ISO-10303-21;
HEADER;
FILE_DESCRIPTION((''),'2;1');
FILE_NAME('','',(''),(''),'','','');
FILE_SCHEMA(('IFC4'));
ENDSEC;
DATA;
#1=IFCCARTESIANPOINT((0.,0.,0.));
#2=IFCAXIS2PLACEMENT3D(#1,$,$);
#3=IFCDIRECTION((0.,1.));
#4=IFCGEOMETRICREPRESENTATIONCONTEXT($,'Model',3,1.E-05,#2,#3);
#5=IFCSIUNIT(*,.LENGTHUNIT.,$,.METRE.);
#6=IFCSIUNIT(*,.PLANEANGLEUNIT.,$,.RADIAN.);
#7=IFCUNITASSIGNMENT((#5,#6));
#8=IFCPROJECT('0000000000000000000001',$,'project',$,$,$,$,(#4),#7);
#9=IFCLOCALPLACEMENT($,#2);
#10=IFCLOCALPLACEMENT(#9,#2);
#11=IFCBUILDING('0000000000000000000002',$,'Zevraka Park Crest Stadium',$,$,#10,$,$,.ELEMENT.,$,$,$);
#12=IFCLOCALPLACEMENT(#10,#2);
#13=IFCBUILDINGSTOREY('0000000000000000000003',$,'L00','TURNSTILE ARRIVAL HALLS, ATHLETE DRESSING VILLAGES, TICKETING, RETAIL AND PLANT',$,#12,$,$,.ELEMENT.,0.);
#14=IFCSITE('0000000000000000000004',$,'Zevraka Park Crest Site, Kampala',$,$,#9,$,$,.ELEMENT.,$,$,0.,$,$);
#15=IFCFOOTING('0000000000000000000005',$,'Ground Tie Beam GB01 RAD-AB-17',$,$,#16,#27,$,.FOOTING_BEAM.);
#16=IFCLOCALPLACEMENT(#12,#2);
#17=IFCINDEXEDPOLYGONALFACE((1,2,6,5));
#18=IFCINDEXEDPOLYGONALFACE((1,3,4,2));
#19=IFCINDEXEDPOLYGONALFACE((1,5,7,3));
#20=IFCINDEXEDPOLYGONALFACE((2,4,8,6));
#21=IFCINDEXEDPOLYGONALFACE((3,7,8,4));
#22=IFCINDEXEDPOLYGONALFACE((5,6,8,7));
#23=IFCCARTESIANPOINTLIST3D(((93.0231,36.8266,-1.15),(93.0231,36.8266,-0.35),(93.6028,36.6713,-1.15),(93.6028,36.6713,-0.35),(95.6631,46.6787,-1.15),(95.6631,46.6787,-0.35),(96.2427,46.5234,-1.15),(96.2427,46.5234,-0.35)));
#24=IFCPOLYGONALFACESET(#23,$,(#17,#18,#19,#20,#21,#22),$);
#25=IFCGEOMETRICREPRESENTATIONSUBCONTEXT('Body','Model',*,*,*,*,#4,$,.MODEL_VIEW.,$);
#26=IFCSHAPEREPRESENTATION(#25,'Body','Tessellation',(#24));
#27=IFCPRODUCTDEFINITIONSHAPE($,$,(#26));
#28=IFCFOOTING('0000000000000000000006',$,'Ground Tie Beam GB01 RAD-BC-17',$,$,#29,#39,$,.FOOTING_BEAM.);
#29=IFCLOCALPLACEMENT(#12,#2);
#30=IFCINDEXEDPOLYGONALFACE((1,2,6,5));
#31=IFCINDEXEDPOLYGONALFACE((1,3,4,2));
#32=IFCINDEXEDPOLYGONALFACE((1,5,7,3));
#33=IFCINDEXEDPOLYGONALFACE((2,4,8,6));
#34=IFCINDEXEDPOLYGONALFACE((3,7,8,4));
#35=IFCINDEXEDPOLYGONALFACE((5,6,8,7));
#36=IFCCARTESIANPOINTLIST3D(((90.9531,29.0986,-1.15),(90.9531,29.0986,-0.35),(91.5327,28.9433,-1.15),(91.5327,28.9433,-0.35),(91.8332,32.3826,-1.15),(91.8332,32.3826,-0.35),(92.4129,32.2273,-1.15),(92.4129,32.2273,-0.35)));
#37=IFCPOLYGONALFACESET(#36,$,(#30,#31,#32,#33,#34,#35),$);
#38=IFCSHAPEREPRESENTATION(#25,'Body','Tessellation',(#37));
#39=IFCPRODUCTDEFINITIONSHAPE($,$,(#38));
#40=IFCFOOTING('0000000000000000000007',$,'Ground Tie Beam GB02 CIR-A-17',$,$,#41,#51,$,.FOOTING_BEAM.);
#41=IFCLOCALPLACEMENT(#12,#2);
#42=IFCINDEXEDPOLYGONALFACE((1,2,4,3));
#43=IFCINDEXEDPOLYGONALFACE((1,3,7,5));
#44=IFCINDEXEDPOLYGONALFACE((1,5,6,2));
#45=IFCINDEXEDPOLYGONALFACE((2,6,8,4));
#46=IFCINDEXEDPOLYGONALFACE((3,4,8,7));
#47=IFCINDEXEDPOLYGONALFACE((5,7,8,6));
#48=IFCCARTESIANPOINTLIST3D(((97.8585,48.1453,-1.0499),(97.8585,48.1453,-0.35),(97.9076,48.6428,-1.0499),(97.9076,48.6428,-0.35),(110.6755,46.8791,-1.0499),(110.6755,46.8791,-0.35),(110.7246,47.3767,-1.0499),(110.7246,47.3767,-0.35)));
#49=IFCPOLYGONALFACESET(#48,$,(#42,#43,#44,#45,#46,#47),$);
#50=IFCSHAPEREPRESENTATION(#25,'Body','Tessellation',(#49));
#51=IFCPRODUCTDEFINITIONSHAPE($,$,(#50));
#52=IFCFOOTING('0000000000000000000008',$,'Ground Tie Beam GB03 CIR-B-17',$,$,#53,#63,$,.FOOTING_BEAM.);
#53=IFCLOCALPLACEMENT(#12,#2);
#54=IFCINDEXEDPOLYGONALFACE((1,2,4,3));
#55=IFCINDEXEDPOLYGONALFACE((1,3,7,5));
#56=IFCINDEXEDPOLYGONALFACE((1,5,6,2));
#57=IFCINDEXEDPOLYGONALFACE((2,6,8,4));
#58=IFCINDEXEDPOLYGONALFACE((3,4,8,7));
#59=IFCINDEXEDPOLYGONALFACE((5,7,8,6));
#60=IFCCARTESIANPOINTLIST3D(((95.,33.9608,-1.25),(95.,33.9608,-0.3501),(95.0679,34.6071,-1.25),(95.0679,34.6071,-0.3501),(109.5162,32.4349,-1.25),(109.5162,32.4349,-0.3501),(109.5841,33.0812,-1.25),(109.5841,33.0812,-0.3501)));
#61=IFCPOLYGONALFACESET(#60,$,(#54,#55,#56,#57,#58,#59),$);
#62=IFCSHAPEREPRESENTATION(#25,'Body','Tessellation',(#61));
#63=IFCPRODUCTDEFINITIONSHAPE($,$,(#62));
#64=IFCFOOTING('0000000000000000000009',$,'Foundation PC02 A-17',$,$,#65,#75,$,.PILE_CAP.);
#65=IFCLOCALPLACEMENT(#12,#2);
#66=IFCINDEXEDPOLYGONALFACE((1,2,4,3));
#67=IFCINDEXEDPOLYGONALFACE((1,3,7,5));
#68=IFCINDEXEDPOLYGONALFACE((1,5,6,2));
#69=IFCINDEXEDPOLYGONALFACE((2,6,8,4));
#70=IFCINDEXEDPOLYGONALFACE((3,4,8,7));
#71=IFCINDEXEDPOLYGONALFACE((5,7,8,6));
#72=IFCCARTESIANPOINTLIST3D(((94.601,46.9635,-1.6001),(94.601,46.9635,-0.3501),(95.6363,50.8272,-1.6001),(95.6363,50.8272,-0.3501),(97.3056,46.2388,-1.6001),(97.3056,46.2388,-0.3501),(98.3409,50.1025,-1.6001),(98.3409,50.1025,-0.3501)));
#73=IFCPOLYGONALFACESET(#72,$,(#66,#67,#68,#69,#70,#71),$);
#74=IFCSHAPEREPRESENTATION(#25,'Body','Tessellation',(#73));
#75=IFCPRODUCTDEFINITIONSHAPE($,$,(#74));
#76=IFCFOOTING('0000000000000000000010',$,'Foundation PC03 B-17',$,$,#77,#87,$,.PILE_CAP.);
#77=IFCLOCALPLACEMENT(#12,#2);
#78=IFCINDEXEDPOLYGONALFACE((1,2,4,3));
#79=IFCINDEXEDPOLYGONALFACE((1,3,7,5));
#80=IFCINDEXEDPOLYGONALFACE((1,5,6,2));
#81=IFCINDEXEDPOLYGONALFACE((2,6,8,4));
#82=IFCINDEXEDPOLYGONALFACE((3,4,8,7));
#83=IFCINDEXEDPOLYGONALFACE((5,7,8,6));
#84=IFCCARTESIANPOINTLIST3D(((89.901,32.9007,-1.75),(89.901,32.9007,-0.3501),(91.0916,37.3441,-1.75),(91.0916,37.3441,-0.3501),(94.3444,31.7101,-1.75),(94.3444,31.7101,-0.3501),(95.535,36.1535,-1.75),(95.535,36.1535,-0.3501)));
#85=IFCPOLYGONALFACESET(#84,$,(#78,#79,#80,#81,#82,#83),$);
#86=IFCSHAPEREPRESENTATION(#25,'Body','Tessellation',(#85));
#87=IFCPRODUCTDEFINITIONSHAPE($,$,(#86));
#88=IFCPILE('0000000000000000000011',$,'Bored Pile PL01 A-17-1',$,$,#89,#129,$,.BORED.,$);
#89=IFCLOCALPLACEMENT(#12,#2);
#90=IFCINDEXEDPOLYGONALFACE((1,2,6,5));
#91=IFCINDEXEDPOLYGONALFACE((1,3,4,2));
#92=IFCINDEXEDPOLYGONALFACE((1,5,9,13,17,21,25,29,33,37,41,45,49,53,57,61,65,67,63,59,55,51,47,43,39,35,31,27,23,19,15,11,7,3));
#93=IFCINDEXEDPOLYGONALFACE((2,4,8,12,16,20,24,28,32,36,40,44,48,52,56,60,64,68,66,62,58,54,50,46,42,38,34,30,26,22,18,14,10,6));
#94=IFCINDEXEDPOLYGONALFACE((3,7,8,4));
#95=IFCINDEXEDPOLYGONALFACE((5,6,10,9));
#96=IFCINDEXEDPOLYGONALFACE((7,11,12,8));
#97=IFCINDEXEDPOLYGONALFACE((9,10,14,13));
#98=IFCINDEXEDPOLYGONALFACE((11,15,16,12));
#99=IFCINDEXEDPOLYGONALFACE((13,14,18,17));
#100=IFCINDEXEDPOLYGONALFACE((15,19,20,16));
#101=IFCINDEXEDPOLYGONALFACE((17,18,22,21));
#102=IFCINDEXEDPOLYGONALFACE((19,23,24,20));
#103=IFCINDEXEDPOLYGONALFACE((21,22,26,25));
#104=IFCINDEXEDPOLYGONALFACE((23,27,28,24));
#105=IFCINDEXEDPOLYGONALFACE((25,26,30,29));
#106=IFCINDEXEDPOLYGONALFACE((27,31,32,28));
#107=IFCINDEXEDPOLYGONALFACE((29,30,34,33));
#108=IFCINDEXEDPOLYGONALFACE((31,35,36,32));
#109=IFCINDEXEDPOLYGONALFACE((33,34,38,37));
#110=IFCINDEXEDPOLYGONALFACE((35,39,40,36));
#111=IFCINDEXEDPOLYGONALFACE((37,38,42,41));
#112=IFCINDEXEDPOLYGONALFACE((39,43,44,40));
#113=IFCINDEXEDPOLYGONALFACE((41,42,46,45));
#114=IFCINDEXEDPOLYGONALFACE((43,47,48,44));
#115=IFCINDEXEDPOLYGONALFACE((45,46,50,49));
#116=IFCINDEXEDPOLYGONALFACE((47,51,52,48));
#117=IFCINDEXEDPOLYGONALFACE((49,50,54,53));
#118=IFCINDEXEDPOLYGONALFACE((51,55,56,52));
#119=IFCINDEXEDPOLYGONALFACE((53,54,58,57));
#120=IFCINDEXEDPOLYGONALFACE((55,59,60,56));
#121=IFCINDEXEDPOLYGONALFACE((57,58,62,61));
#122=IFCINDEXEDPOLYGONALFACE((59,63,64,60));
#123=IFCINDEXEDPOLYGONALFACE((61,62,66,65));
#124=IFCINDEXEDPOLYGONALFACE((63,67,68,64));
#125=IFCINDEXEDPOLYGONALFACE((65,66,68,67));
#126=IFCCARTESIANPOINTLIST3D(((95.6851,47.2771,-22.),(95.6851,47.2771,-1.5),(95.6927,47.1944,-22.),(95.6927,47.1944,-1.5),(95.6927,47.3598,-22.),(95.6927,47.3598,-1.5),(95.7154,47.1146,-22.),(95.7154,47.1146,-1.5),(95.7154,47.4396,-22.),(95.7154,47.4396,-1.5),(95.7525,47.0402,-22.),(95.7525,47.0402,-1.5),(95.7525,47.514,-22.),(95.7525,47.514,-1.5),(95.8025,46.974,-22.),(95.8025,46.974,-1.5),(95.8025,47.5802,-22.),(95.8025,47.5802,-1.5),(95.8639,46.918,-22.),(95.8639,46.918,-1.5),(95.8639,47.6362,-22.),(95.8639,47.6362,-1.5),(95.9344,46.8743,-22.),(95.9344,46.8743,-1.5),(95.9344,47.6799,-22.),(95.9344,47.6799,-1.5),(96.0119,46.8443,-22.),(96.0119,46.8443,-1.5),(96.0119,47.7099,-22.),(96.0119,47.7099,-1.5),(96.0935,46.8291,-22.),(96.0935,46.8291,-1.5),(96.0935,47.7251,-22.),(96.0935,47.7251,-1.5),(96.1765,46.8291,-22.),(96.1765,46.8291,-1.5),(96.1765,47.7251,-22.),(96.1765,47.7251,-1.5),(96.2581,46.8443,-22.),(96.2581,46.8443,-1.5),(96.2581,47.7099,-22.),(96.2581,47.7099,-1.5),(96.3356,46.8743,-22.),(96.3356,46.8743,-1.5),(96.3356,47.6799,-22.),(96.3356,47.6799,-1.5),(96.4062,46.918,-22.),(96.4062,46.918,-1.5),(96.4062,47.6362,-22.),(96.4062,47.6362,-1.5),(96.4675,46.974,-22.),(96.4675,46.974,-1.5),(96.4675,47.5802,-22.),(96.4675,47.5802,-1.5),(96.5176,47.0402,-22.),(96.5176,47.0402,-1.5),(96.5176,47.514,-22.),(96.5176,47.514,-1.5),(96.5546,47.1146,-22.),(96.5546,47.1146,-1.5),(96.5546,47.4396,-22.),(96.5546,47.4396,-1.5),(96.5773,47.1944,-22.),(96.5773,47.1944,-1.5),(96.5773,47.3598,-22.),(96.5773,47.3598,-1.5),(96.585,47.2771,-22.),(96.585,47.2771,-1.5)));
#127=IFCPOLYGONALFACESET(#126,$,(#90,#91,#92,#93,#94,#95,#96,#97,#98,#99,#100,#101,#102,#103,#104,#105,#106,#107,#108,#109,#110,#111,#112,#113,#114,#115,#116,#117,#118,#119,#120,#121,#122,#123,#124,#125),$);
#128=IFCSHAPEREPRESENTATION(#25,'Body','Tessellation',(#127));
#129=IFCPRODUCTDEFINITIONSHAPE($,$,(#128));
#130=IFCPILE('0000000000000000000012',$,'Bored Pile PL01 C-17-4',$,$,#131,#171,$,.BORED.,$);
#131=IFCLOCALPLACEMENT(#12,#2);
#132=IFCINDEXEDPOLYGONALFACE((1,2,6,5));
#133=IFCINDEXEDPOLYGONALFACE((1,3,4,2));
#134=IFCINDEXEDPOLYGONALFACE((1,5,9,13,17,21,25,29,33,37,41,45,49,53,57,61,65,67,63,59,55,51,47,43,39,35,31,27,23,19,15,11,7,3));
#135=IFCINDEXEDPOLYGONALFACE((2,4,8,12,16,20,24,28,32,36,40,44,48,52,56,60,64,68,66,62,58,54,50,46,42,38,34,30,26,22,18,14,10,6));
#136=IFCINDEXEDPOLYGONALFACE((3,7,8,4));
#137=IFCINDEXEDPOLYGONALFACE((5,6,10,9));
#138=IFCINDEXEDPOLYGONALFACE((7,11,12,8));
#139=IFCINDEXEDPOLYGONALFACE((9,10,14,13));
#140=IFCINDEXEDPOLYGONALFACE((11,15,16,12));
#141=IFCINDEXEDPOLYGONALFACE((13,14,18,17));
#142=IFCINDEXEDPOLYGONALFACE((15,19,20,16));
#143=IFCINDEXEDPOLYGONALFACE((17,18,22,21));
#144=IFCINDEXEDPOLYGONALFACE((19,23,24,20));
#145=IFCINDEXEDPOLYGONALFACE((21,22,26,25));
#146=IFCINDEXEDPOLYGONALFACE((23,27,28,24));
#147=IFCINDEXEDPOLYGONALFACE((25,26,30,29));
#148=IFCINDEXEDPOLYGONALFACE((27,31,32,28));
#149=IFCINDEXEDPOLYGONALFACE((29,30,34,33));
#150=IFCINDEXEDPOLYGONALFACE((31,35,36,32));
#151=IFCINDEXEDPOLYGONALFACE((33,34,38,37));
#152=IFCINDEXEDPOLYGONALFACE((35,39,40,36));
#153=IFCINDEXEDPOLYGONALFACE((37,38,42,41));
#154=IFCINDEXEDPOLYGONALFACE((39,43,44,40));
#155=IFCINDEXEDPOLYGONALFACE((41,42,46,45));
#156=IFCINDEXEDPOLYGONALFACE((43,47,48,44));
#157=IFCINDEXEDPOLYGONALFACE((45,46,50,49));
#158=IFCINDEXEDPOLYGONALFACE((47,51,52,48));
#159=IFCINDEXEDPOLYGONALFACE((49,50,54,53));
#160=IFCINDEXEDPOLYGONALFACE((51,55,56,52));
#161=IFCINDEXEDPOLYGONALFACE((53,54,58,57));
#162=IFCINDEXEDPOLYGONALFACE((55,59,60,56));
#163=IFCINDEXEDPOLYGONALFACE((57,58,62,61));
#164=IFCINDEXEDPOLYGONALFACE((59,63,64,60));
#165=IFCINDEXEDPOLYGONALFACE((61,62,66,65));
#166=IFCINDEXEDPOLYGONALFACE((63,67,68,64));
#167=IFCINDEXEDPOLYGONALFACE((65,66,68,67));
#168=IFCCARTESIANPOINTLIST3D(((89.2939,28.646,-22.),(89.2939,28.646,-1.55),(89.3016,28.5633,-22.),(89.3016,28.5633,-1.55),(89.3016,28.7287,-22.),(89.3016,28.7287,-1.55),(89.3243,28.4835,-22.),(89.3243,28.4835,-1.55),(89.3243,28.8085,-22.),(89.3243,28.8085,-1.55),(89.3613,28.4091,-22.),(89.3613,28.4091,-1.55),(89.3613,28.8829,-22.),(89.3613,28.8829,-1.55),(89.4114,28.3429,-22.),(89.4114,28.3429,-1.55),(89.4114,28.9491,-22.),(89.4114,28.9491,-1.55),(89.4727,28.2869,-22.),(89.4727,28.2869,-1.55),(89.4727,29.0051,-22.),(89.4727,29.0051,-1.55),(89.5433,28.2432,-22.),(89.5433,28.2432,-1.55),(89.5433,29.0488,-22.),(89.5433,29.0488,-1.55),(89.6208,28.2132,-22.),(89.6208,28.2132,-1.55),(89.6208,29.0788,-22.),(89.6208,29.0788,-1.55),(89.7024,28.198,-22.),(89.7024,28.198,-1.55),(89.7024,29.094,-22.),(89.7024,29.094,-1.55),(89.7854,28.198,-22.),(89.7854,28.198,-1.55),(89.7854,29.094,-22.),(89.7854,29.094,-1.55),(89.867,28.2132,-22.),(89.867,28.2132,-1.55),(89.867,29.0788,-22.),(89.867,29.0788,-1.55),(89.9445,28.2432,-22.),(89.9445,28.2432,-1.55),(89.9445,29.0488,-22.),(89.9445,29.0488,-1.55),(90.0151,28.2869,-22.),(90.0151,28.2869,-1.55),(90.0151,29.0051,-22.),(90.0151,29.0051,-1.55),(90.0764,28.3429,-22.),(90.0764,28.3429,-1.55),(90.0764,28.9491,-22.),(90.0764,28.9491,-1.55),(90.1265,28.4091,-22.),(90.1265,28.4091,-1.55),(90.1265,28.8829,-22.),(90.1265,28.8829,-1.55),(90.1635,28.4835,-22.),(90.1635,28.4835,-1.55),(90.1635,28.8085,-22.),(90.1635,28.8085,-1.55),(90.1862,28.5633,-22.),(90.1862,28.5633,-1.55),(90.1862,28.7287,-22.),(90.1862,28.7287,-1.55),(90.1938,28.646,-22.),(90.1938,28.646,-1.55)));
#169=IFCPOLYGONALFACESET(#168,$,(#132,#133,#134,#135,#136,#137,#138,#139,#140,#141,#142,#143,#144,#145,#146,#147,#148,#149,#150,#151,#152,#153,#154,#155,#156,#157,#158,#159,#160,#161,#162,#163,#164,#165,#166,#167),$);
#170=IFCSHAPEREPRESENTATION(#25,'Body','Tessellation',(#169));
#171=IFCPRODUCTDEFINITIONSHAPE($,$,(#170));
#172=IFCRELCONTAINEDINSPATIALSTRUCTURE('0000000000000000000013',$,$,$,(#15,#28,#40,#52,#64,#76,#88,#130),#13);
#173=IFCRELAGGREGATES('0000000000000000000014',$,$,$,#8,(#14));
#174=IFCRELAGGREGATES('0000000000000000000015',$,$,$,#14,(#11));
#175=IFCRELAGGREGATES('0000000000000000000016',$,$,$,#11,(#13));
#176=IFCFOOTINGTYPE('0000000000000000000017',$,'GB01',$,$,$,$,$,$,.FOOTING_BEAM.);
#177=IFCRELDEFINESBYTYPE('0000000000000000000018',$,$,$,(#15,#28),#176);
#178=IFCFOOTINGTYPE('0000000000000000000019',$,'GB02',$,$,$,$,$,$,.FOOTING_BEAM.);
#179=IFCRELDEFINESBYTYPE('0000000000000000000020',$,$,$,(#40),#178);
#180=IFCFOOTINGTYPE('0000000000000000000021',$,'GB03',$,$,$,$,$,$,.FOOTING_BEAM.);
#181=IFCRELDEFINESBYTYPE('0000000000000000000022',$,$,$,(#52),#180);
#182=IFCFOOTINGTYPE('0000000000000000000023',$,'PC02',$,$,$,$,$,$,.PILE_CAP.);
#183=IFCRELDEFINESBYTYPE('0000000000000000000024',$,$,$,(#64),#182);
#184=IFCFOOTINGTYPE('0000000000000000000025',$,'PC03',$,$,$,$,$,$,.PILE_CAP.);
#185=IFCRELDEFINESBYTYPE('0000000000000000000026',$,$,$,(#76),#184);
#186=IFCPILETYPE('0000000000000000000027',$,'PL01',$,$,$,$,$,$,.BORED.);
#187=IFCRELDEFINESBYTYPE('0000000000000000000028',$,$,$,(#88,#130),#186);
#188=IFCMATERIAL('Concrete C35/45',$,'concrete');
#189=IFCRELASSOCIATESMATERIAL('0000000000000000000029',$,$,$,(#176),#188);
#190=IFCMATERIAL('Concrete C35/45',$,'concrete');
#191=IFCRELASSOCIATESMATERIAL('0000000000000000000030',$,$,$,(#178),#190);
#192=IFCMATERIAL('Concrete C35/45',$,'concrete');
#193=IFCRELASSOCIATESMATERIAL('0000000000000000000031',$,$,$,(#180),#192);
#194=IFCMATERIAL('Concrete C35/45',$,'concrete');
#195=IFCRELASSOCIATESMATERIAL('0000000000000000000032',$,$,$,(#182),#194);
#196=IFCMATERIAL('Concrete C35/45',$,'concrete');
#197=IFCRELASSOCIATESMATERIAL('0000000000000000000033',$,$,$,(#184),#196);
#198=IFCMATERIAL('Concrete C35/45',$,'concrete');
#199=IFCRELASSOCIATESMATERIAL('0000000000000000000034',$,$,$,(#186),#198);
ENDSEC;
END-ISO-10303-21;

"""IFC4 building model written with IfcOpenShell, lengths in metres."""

from ifc_helpers import new_model, si_unit, direction, frame, origin, origin_2d, place, context, subcontext, project, spatial, rectangle, circle, extrude, material, material_profile, profile_set, type_object, element, save


model = new_model("IFC4")

# Units and contexts
model_context = context("Model", 3, precision=1e-05, world=origin(), true_north=direction((0.0, 1.0)))
body_context = subcontext(model_context, "Body", "Model", "MODEL_VIEW")
ifc_project = project(units=[si_unit("LENGTHUNIT", "METRE"), si_unit("PLANEANGLEUNIT", "RADIAN")], contexts=[model_context])

# Site, building, storey
site_placement = place(None, origin())
site = spatial("IfcSite", under=ifc_project, at=site_placement, Name="Zevraka Park Crest Site, Kampala", CompositionType="ELEMENT", RefElevation=0.0)
building_placement = place(site_placement, origin())
building = spatial("IfcBuilding", under=site, at=building_placement, Name="Zevraka Park Crest Stadium", CompositionType="ELEMENT")
storey_placement = place(building_placement, origin())
storey = spatial("IfcBuildingStorey", under=building, at=storey_placement, Name="L00", Description="TURNSTILE ARRIVAL HALLS, ATHLETE DRESSING VILLAGES, TICKETING, RETAIL AND PLANT", CompositionType="ELEMENT", Elevation=0.0)

# Footings
ifc_material_1 = material(Name="Concrete C35/45", Category="concrete")
ifc_material_profile_1 = material_profile(ifc_material_1, rectangle(XDim=0.6001, YDim=0.8, at=origin_2d()), Name="GB 800x600")
ifc_profile_set_1 = profile_set([ifc_material_profile_1], Name="Concrete C35/45")
footing_type_1 = type_object("IfcFootingType", Name="GB01", PredefinedType="FOOTING_BEAM", material=ifc_profile_set_1)
footing_1_placement = place(storey_placement, frame((95.9529, 46.6011, -0.75), z_axis=(-0.258823, -0.965925, 0.0), x_axis=(0.965925, -0.258823, 0.0)))
element("IfcFooting", 1, at=footing_1_placement, inside=storey, type_object=footing_type_1, Name="Ground Tie Beam GB01 RAD-AB-17", PredefinedType="FOOTING_BEAM", context=body_context, shape_type="SweptSolid", body=[
    extrude(rectangle(XDim=0.6001, YDim=0.8, at=origin_2d()), origin(), (0.0, 0.0, 1.0), 10.1997),
])
footing_2_placement = place(storey_placement, frame((92.123, 32.3049, -0.75), z_axis=(-0.258874, -0.965911, 0.0), x_axis=(0.965911, -0.258874, 0.0)))
element("IfcFooting", 2, at=footing_2_placement, inside=storey, type_object=footing_type_1, Name="Ground Tie Beam GB01 RAD-BC-17", PredefinedType="FOOTING_BEAM", context=body_context, shape_type="SweptSolid", body=[
    extrude(rectangle(XDim=0.6001, YDim=0.8, at=origin_2d()), origin(), (0.0, 0.0, 1.0), 3.3999),
])
ifc_material_2 = material(Name="Concrete C35/45", Category="concrete")
ifc_material_profile_2 = material_profile(ifc_material_2, rectangle(XDim=0.5, YDim=0.7, at=origin_2d()), Name="GB 700x500")
ifc_profile_set_2 = profile_set([ifc_material_profile_2], Name="Concrete C35/45")
footing_type_2 = type_object("IfcFootingType", Name="GB02", PredefinedType="FOOTING_BEAM", material=ifc_profile_set_2)
footing_3_placement = place(storey_placement, frame((97.8831, 48.394, -0.7), z_axis=(0.995156, -0.098306, 0.0), x_axis=(0.098306, 0.995156, 0.0)))
element("IfcFooting", 3, at=footing_3_placement, inside=storey, type_object=footing_type_2, Name="Ground Tie Beam GB02 CIR-A-17", PredefinedType="FOOTING_BEAM", context=body_context, shape_type="SweptSolid", body=[
    extrude(rectangle(XDim=0.5, YDim=0.7, at=origin_2d()), origin(), (0.0, 0.0, 1.0), 12.8794),
])
ifc_material_3 = material(Name="Concrete C35/45", Category="concrete")
ifc_material_profile_3 = material_profile(ifc_material_3, rectangle(XDim=0.6499, YDim=0.8999, at=origin_2d()), Name="GB 900x650")
ifc_profile_set_3 = profile_set([ifc_material_profile_3], Name="Concrete C35/45")
footing_type_3 = type_object("IfcFootingType", Name="GB03", PredefinedType="FOOTING_BEAM", material=ifc_profile_set_3)
footing_4_placement = place(storey_placement, frame((95.0339, 34.2839, -0.8), z_axis=(0.994521, -0.10454, 0.0), x_axis=(0.10454, 0.994521, 0.0)))
element("IfcFooting", 4, at=footing_4_placement, inside=storey, type_object=footing_type_3, Name="Ground Tie Beam GB03 CIR-B-17", PredefinedType="FOOTING_BEAM", context=body_context, shape_type="SweptSolid", body=[
    extrude(rectangle(XDim=0.6499, YDim=0.8999, at=origin_2d()), origin(), (0.0, 0.0, 1.0), 14.5962),
])
ifc_material_4 = material(Name="Concrete C35/45", Category="concrete")
footing_type_4 = type_object("IfcFootingType", Name="PC02", PredefinedType="PILE_CAP", material=ifc_material_4)
footing_5_placement = place(storey_placement, frame((96.4709, 48.533, -1.6001), z_axis=(0.0, 0.0, 1.0), x_axis=(0.258819, 0.965926, 0.0)))
element("IfcFooting", 5, at=footing_5_placement, inside=storey, type_object=footing_type_4, Name="Foundation PC02 A-17", PredefinedType="PILE_CAP", context=body_context, shape_type="SweptSolid", body=[
    extrude(rectangle(XDim=4.0, YDim=2.8, at=origin_2d()), origin(), (0.0, 0.0, 1.0), 1.25),
])
ifc_material_5 = material(Name="Concrete C35/45", Category="concrete")
footing_type_5 = type_object("IfcFootingType", Name="PC03", PredefinedType="PILE_CAP", material=ifc_material_5)
footing_6_placement = place(storey_placement, frame((92.718, 34.5271, -1.75), z_axis=(0.0, 0.0, 1.0), x_axis=(0.258819, 0.965926, 0.0)))
element("IfcFooting", 6, at=footing_6_placement, inside=storey, type_object=footing_type_5, Name="Foundation PC03 B-17", PredefinedType="PILE_CAP", context=body_context, shape_type="SweptSolid", body=[
    extrude(rectangle(XDim=4.6001, YDim=4.6001, at=origin_2d()), origin(), (0.0, 0.0, 1.0), 1.3999),
])

# Piles
ifc_material_6 = material(Name="Concrete C35/45", Category="concrete")
ifc_material_profile_4 = material_profile(ifc_material_6, circle(Radius=0.45, at=origin_2d()), Name="PILE D900")
ifc_profile_set_4 = profile_set([ifc_material_profile_4], Name="Concrete C35/45")
pile_type_1 = type_object("IfcPileType", Name="PL01", PredefinedType="BORED", material=ifc_profile_set_4)
pile_1_placement = place(storey_placement, frame((96.135, 47.2771, -1.5), z_axis=(0.0, 0.0, -1.0), x_axis=(1.0, 0.0, 0.0)))
element("IfcPile", 7, at=pile_1_placement, inside=storey, type_object=pile_type_1, Name="Bored Pile PL01 A-17-1", PredefinedType="BORED", context=body_context, shape_type="SweptSolid", body=[
    extrude(circle(Radius=0.45, at=origin_2d()), origin(), (0.0, 0.0, 1.0), 20.5),
])
pile_2_placement = place(storey_placement, frame((89.7439, 28.646, -1.55), z_axis=(0.0, 0.0, -1.0), x_axis=(1.0, 0.0, 0.0)))
element("IfcPile", 8, at=pile_2_placement, inside=storey, type_object=pile_type_1, Name="Bored Pile PL01 C-17-4", PredefinedType="BORED", context=body_context, shape_type="SweptSolid", body=[
    extrude(circle(Radius=0.45, at=origin_2d()), origin(), (0.0, 0.0, 1.0), 20.45),
])

save(model, "model.ifc")
